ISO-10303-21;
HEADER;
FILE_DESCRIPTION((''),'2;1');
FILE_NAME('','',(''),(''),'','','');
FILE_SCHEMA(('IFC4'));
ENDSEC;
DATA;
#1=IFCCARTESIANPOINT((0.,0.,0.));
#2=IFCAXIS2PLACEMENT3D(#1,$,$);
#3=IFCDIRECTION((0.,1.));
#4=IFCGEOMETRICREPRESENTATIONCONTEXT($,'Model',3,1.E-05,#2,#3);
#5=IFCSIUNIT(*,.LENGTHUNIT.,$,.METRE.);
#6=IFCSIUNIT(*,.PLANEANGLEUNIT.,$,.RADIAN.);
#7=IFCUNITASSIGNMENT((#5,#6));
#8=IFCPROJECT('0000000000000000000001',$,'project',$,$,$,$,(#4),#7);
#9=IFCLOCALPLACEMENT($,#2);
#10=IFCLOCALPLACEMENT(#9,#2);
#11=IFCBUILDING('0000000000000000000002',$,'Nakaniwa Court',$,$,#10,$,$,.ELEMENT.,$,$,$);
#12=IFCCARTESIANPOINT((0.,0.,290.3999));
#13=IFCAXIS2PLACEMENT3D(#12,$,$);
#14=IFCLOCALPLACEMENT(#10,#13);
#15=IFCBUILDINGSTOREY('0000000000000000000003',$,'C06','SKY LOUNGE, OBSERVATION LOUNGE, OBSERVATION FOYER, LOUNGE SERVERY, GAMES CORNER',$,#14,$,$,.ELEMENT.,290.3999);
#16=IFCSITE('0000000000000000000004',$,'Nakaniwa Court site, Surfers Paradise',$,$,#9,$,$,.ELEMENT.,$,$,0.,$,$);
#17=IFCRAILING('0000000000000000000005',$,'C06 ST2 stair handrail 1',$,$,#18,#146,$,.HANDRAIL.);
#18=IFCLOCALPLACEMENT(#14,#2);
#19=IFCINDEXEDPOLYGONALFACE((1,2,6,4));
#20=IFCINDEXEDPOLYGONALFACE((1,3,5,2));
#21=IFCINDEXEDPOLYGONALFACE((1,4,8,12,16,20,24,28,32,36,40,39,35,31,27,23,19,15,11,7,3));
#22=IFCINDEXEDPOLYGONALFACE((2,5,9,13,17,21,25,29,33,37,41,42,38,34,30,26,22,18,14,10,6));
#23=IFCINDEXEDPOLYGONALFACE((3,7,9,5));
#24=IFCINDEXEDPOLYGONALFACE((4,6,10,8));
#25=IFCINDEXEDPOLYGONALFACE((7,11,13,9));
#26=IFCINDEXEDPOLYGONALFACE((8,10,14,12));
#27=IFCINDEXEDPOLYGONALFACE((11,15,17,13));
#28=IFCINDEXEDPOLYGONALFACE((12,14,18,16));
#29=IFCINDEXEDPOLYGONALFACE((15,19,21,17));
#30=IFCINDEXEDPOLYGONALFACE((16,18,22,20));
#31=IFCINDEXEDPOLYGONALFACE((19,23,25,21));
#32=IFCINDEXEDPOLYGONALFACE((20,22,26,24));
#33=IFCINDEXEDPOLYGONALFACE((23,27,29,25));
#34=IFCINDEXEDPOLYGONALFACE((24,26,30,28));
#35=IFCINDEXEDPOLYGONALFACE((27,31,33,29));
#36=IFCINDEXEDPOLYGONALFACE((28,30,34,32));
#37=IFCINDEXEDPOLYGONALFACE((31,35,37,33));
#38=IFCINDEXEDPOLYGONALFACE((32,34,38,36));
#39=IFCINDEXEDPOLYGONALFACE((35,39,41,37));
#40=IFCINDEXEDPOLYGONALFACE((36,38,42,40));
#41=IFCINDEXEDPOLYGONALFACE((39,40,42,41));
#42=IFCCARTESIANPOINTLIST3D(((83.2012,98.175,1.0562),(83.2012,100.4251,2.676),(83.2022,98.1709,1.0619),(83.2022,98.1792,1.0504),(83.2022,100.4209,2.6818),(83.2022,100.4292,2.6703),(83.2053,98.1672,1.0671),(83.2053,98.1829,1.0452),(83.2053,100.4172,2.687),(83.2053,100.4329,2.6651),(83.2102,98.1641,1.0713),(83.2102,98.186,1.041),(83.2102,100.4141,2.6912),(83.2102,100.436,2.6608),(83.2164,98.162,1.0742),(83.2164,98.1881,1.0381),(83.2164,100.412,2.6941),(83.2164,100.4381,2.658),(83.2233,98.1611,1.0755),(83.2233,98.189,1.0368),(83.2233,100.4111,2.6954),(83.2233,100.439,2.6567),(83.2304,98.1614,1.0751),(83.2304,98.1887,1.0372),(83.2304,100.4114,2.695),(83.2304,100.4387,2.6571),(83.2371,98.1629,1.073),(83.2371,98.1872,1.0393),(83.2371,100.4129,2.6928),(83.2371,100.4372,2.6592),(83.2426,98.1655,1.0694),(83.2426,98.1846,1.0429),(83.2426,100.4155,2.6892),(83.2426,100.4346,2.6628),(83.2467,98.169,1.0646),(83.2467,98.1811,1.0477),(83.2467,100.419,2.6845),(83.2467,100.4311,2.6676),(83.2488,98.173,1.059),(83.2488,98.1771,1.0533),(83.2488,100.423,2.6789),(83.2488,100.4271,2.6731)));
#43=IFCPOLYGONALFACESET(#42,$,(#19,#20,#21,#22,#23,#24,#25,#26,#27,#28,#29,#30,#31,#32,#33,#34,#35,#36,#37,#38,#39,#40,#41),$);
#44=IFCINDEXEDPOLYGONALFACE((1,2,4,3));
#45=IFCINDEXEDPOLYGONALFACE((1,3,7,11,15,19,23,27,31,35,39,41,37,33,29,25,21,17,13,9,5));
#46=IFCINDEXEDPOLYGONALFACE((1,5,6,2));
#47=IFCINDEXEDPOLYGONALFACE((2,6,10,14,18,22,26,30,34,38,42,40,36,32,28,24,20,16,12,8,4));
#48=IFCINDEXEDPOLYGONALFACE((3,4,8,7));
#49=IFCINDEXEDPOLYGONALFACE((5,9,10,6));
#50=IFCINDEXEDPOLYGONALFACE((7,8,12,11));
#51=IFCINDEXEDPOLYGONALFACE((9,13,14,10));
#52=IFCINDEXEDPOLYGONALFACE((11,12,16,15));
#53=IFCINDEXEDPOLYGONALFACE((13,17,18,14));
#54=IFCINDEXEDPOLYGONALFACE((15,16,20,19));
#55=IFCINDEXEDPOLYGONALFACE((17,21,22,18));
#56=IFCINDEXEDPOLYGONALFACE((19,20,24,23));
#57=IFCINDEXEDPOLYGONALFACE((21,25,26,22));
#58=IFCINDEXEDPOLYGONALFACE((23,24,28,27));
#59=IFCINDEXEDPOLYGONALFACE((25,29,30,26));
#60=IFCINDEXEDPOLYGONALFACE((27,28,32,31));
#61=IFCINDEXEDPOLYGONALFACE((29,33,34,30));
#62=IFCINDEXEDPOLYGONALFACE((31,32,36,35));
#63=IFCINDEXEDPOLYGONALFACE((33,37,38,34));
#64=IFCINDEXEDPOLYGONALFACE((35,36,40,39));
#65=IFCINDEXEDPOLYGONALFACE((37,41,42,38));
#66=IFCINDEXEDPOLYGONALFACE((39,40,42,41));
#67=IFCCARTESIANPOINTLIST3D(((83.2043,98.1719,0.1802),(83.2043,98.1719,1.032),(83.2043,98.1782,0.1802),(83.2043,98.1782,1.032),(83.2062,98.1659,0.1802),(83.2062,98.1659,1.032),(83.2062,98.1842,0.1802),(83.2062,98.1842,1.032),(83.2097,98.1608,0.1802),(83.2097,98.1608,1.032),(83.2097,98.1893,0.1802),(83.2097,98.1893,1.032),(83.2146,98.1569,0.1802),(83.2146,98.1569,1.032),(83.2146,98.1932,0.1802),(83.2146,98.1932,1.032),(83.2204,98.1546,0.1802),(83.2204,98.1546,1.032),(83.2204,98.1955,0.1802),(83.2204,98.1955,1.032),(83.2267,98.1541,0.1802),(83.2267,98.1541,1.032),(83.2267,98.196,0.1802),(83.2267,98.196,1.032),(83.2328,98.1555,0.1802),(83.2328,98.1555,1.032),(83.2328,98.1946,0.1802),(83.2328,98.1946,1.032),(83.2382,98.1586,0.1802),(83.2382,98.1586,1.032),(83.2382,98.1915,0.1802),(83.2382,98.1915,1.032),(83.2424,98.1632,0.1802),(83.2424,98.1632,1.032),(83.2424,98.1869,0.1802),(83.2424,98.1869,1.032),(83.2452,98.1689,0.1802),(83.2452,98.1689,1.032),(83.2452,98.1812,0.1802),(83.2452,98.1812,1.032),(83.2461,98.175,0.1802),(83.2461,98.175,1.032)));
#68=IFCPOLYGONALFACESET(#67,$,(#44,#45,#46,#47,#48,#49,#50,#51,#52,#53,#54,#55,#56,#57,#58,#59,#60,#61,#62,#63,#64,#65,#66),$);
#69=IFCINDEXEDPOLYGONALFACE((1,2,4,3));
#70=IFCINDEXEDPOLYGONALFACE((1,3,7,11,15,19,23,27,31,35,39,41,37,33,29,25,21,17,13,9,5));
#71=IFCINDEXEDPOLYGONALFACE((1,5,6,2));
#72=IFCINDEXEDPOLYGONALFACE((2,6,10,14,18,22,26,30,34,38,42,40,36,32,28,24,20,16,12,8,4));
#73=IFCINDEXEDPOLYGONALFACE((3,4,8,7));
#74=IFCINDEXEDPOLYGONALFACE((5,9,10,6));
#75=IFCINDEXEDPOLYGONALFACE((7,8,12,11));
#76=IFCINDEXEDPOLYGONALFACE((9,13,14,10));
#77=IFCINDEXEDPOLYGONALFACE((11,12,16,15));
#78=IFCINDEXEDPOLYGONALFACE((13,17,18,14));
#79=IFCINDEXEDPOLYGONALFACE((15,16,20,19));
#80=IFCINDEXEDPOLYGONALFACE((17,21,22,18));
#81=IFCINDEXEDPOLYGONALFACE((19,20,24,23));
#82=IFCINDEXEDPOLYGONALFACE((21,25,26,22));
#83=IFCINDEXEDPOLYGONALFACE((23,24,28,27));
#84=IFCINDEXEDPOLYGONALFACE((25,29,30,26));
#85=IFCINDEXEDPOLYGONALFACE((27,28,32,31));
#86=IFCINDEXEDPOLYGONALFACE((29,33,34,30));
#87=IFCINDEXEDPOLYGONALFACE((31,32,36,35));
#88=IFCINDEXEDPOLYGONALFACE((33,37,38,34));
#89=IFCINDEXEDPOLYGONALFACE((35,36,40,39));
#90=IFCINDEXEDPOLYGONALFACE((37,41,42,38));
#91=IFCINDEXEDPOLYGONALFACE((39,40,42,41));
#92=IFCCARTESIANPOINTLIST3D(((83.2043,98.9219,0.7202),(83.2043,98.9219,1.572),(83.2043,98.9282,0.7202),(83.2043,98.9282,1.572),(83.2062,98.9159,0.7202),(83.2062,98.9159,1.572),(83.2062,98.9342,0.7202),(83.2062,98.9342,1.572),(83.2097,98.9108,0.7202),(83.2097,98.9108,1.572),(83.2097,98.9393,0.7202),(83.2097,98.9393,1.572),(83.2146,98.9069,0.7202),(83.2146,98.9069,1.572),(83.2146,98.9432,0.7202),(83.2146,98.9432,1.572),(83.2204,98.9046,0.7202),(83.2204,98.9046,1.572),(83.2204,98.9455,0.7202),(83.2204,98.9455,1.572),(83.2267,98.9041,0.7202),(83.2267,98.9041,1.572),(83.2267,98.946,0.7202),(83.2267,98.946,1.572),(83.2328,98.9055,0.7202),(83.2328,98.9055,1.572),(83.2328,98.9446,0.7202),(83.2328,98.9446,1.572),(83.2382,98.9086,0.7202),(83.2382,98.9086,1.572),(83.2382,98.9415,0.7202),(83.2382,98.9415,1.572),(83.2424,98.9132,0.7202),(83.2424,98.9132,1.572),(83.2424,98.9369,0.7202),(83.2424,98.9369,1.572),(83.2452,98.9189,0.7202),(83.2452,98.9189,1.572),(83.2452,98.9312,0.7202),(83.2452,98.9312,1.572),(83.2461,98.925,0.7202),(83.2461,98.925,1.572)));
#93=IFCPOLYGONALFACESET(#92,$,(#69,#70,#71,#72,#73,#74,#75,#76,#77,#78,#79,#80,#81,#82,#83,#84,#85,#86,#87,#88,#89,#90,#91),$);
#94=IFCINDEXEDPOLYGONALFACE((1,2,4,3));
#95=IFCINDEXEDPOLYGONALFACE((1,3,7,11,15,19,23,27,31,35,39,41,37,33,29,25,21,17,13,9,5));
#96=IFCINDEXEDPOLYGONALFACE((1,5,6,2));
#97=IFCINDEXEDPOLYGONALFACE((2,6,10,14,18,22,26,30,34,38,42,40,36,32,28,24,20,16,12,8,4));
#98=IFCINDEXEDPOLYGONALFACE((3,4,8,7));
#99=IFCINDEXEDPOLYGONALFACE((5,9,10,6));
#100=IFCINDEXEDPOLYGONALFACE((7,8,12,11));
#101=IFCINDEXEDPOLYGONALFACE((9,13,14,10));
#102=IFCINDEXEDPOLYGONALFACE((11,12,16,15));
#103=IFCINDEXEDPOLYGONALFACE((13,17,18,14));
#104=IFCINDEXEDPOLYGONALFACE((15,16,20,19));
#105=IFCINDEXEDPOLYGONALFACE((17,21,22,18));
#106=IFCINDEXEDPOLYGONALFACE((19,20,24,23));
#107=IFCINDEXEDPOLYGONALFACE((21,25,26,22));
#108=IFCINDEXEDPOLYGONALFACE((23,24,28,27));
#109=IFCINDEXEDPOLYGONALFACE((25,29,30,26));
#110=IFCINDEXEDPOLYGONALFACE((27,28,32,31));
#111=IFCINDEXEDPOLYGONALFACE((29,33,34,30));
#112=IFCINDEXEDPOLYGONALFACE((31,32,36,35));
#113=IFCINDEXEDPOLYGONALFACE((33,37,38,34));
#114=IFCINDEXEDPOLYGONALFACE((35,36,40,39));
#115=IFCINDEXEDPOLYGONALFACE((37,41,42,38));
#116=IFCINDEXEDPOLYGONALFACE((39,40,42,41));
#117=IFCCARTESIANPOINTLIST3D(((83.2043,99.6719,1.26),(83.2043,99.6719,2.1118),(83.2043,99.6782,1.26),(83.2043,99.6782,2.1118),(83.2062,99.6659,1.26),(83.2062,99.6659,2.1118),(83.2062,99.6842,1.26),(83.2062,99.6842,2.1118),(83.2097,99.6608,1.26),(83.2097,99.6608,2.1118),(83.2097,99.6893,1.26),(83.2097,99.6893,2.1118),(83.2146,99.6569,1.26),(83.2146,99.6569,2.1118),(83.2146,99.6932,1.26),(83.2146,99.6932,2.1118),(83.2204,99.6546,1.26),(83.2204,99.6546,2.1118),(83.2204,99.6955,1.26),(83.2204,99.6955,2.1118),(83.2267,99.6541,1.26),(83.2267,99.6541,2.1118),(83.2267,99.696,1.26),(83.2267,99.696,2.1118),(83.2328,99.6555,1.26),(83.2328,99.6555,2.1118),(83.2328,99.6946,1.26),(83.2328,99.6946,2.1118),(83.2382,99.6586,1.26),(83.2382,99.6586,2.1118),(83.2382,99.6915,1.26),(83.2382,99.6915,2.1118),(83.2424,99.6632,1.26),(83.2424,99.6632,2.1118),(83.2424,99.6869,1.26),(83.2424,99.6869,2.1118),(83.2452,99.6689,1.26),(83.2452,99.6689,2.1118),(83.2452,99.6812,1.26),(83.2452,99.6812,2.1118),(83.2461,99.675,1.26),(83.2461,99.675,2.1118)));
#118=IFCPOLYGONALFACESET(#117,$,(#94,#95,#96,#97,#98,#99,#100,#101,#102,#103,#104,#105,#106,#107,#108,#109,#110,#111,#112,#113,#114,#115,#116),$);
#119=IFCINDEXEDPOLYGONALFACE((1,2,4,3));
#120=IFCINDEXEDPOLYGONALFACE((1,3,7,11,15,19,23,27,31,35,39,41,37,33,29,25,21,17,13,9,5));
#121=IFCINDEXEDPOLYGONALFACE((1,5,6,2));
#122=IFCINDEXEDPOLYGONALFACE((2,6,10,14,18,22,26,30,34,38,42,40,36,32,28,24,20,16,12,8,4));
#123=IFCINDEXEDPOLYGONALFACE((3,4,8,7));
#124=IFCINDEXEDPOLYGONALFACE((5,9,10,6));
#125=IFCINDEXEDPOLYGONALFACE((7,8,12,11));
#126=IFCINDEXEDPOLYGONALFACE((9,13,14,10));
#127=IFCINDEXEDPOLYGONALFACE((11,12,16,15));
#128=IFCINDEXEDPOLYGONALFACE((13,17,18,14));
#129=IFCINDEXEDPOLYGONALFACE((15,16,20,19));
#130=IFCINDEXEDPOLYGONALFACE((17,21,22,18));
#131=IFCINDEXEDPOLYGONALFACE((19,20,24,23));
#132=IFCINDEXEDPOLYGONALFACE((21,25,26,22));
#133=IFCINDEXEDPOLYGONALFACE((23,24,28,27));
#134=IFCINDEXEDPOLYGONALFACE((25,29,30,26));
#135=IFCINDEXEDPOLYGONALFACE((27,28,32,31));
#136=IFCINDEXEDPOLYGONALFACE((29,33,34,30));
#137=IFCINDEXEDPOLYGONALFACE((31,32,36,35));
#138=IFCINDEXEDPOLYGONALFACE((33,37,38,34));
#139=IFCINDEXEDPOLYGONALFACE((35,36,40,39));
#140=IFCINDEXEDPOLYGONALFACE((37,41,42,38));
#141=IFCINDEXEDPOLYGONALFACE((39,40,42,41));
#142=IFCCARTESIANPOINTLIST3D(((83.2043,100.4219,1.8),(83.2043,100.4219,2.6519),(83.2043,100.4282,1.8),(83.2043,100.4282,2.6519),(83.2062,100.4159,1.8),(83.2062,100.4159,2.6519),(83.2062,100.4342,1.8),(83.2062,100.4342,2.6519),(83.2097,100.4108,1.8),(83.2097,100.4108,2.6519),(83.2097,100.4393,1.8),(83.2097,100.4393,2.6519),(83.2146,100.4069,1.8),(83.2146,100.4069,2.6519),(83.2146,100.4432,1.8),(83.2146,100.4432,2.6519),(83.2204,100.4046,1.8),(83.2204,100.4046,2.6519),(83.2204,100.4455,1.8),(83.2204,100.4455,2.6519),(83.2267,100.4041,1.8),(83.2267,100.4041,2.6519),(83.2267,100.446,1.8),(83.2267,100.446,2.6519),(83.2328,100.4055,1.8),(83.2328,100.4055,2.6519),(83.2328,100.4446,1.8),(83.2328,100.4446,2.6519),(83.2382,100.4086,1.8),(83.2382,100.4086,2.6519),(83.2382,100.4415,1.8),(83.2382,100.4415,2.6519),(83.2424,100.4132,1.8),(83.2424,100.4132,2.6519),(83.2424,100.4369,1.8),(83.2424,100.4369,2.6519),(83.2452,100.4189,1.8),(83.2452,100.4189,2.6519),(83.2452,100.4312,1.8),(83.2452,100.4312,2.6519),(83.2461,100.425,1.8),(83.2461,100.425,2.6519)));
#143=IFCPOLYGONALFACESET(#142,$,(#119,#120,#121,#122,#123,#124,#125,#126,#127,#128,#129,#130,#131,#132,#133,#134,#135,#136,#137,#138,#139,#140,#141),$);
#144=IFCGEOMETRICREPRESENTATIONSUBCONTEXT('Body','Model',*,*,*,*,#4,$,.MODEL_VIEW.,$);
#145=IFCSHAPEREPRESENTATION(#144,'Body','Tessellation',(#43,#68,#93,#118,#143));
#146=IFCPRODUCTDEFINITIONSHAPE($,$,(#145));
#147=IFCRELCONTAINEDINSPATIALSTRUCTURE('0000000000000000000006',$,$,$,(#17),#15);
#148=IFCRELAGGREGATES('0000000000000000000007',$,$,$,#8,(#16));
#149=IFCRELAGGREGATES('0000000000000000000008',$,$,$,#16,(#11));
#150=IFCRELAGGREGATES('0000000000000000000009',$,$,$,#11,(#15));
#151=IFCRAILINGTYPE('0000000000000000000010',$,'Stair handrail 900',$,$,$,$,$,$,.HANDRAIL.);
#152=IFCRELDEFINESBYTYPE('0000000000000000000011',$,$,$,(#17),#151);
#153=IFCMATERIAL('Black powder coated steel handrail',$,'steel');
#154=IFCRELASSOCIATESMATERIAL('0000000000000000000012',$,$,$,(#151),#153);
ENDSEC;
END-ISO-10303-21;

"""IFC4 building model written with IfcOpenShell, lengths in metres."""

from ifc_helpers import new_model, si_unit, direction, frame, origin, origin_2d, place, context, subcontext, project, spatial, circle, extrude, material, type_object, element, save


model = new_model("IFC4")

# Units and contexts
model_context = context("Model", 3, precision=1e-05, world=origin(), true_north=direction((0.0, 1.0)))
body_context = subcontext(model_context, "Body", "Model", "MODEL_VIEW")
ifc_project = project(units=[si_unit("LENGTHUNIT", "METRE"), si_unit("PLANEANGLEUNIT", "RADIAN")], contexts=[model_context])

# Site, building, storey
site_placement = place(None, origin())
site = spatial("IfcSite", under=ifc_project, at=site_placement, Name="Nakaniwa Court site, Surfers Paradise", CompositionType="ELEMENT", RefElevation=0.0)
building_placement = place(site_placement, origin())
building = spatial("IfcBuilding", under=site, at=building_placement, Name="Nakaniwa Court", CompositionType="ELEMENT")
storey_placement = place(building_placement, frame((0.0, 0.0, 290.3999)))
storey = spatial("IfcBuildingStorey", under=building, at=storey_placement, Name="C06", Description="SKY LOUNGE, OBSERVATION LOUNGE, OBSERVATION FOYER, LOUNGE SERVERY, GAMES CORNER", CompositionType="ELEMENT", Elevation=290.3999)

# Railing
ifc_material_1 = material(Name="Black powder coated steel handrail", Category="steel")
railing_type = type_object("IfcRailingType", Name="Stair handrail 900", PredefinedType="HANDRAIL", material=ifc_material_1)
railing_placement = place(storey_placement, frame((83.2251, 98.175, 0.1802)))
element("IfcRailing", 1, at=railing_placement, inside=storey, type_object=railing_type, Name="C06 ST2 stair handrail 1", PredefinedType="HANDRAIL", context=body_context, shape_type="SweptSolid", body=[
    extrude(circle(Radius=0.0239, at=origin_2d()), frame((0.0, 0.0, 0.876), z_axis=(0.0, 0.811556, 0.584275), x_axis=(-1.0, 0.0, 0.0)), (0.0, 0.0, 1.0), 2.7725),
    extrude(circle(Radius=0.021, at=origin_2d()), origin(), (0.0, 0.0, 1.0), 0.8518),
    extrude(circle(Radius=0.021, at=origin_2d()), frame((0.0, 0.75, 0.54)), (0.0, 0.0, 1.0), 0.8518),
    extrude(circle(Radius=0.021, at=origin_2d()), frame((0.0, 1.5, 1.0798)), (0.0, 0.0, 1.0), 0.8518),
    extrude(circle(Radius=0.021, at=origin_2d()), frame((0.0, 2.25, 1.6199)), (0.0, 0.0, 1.0), 0.8518),
])

save(model, "model.ifc")
